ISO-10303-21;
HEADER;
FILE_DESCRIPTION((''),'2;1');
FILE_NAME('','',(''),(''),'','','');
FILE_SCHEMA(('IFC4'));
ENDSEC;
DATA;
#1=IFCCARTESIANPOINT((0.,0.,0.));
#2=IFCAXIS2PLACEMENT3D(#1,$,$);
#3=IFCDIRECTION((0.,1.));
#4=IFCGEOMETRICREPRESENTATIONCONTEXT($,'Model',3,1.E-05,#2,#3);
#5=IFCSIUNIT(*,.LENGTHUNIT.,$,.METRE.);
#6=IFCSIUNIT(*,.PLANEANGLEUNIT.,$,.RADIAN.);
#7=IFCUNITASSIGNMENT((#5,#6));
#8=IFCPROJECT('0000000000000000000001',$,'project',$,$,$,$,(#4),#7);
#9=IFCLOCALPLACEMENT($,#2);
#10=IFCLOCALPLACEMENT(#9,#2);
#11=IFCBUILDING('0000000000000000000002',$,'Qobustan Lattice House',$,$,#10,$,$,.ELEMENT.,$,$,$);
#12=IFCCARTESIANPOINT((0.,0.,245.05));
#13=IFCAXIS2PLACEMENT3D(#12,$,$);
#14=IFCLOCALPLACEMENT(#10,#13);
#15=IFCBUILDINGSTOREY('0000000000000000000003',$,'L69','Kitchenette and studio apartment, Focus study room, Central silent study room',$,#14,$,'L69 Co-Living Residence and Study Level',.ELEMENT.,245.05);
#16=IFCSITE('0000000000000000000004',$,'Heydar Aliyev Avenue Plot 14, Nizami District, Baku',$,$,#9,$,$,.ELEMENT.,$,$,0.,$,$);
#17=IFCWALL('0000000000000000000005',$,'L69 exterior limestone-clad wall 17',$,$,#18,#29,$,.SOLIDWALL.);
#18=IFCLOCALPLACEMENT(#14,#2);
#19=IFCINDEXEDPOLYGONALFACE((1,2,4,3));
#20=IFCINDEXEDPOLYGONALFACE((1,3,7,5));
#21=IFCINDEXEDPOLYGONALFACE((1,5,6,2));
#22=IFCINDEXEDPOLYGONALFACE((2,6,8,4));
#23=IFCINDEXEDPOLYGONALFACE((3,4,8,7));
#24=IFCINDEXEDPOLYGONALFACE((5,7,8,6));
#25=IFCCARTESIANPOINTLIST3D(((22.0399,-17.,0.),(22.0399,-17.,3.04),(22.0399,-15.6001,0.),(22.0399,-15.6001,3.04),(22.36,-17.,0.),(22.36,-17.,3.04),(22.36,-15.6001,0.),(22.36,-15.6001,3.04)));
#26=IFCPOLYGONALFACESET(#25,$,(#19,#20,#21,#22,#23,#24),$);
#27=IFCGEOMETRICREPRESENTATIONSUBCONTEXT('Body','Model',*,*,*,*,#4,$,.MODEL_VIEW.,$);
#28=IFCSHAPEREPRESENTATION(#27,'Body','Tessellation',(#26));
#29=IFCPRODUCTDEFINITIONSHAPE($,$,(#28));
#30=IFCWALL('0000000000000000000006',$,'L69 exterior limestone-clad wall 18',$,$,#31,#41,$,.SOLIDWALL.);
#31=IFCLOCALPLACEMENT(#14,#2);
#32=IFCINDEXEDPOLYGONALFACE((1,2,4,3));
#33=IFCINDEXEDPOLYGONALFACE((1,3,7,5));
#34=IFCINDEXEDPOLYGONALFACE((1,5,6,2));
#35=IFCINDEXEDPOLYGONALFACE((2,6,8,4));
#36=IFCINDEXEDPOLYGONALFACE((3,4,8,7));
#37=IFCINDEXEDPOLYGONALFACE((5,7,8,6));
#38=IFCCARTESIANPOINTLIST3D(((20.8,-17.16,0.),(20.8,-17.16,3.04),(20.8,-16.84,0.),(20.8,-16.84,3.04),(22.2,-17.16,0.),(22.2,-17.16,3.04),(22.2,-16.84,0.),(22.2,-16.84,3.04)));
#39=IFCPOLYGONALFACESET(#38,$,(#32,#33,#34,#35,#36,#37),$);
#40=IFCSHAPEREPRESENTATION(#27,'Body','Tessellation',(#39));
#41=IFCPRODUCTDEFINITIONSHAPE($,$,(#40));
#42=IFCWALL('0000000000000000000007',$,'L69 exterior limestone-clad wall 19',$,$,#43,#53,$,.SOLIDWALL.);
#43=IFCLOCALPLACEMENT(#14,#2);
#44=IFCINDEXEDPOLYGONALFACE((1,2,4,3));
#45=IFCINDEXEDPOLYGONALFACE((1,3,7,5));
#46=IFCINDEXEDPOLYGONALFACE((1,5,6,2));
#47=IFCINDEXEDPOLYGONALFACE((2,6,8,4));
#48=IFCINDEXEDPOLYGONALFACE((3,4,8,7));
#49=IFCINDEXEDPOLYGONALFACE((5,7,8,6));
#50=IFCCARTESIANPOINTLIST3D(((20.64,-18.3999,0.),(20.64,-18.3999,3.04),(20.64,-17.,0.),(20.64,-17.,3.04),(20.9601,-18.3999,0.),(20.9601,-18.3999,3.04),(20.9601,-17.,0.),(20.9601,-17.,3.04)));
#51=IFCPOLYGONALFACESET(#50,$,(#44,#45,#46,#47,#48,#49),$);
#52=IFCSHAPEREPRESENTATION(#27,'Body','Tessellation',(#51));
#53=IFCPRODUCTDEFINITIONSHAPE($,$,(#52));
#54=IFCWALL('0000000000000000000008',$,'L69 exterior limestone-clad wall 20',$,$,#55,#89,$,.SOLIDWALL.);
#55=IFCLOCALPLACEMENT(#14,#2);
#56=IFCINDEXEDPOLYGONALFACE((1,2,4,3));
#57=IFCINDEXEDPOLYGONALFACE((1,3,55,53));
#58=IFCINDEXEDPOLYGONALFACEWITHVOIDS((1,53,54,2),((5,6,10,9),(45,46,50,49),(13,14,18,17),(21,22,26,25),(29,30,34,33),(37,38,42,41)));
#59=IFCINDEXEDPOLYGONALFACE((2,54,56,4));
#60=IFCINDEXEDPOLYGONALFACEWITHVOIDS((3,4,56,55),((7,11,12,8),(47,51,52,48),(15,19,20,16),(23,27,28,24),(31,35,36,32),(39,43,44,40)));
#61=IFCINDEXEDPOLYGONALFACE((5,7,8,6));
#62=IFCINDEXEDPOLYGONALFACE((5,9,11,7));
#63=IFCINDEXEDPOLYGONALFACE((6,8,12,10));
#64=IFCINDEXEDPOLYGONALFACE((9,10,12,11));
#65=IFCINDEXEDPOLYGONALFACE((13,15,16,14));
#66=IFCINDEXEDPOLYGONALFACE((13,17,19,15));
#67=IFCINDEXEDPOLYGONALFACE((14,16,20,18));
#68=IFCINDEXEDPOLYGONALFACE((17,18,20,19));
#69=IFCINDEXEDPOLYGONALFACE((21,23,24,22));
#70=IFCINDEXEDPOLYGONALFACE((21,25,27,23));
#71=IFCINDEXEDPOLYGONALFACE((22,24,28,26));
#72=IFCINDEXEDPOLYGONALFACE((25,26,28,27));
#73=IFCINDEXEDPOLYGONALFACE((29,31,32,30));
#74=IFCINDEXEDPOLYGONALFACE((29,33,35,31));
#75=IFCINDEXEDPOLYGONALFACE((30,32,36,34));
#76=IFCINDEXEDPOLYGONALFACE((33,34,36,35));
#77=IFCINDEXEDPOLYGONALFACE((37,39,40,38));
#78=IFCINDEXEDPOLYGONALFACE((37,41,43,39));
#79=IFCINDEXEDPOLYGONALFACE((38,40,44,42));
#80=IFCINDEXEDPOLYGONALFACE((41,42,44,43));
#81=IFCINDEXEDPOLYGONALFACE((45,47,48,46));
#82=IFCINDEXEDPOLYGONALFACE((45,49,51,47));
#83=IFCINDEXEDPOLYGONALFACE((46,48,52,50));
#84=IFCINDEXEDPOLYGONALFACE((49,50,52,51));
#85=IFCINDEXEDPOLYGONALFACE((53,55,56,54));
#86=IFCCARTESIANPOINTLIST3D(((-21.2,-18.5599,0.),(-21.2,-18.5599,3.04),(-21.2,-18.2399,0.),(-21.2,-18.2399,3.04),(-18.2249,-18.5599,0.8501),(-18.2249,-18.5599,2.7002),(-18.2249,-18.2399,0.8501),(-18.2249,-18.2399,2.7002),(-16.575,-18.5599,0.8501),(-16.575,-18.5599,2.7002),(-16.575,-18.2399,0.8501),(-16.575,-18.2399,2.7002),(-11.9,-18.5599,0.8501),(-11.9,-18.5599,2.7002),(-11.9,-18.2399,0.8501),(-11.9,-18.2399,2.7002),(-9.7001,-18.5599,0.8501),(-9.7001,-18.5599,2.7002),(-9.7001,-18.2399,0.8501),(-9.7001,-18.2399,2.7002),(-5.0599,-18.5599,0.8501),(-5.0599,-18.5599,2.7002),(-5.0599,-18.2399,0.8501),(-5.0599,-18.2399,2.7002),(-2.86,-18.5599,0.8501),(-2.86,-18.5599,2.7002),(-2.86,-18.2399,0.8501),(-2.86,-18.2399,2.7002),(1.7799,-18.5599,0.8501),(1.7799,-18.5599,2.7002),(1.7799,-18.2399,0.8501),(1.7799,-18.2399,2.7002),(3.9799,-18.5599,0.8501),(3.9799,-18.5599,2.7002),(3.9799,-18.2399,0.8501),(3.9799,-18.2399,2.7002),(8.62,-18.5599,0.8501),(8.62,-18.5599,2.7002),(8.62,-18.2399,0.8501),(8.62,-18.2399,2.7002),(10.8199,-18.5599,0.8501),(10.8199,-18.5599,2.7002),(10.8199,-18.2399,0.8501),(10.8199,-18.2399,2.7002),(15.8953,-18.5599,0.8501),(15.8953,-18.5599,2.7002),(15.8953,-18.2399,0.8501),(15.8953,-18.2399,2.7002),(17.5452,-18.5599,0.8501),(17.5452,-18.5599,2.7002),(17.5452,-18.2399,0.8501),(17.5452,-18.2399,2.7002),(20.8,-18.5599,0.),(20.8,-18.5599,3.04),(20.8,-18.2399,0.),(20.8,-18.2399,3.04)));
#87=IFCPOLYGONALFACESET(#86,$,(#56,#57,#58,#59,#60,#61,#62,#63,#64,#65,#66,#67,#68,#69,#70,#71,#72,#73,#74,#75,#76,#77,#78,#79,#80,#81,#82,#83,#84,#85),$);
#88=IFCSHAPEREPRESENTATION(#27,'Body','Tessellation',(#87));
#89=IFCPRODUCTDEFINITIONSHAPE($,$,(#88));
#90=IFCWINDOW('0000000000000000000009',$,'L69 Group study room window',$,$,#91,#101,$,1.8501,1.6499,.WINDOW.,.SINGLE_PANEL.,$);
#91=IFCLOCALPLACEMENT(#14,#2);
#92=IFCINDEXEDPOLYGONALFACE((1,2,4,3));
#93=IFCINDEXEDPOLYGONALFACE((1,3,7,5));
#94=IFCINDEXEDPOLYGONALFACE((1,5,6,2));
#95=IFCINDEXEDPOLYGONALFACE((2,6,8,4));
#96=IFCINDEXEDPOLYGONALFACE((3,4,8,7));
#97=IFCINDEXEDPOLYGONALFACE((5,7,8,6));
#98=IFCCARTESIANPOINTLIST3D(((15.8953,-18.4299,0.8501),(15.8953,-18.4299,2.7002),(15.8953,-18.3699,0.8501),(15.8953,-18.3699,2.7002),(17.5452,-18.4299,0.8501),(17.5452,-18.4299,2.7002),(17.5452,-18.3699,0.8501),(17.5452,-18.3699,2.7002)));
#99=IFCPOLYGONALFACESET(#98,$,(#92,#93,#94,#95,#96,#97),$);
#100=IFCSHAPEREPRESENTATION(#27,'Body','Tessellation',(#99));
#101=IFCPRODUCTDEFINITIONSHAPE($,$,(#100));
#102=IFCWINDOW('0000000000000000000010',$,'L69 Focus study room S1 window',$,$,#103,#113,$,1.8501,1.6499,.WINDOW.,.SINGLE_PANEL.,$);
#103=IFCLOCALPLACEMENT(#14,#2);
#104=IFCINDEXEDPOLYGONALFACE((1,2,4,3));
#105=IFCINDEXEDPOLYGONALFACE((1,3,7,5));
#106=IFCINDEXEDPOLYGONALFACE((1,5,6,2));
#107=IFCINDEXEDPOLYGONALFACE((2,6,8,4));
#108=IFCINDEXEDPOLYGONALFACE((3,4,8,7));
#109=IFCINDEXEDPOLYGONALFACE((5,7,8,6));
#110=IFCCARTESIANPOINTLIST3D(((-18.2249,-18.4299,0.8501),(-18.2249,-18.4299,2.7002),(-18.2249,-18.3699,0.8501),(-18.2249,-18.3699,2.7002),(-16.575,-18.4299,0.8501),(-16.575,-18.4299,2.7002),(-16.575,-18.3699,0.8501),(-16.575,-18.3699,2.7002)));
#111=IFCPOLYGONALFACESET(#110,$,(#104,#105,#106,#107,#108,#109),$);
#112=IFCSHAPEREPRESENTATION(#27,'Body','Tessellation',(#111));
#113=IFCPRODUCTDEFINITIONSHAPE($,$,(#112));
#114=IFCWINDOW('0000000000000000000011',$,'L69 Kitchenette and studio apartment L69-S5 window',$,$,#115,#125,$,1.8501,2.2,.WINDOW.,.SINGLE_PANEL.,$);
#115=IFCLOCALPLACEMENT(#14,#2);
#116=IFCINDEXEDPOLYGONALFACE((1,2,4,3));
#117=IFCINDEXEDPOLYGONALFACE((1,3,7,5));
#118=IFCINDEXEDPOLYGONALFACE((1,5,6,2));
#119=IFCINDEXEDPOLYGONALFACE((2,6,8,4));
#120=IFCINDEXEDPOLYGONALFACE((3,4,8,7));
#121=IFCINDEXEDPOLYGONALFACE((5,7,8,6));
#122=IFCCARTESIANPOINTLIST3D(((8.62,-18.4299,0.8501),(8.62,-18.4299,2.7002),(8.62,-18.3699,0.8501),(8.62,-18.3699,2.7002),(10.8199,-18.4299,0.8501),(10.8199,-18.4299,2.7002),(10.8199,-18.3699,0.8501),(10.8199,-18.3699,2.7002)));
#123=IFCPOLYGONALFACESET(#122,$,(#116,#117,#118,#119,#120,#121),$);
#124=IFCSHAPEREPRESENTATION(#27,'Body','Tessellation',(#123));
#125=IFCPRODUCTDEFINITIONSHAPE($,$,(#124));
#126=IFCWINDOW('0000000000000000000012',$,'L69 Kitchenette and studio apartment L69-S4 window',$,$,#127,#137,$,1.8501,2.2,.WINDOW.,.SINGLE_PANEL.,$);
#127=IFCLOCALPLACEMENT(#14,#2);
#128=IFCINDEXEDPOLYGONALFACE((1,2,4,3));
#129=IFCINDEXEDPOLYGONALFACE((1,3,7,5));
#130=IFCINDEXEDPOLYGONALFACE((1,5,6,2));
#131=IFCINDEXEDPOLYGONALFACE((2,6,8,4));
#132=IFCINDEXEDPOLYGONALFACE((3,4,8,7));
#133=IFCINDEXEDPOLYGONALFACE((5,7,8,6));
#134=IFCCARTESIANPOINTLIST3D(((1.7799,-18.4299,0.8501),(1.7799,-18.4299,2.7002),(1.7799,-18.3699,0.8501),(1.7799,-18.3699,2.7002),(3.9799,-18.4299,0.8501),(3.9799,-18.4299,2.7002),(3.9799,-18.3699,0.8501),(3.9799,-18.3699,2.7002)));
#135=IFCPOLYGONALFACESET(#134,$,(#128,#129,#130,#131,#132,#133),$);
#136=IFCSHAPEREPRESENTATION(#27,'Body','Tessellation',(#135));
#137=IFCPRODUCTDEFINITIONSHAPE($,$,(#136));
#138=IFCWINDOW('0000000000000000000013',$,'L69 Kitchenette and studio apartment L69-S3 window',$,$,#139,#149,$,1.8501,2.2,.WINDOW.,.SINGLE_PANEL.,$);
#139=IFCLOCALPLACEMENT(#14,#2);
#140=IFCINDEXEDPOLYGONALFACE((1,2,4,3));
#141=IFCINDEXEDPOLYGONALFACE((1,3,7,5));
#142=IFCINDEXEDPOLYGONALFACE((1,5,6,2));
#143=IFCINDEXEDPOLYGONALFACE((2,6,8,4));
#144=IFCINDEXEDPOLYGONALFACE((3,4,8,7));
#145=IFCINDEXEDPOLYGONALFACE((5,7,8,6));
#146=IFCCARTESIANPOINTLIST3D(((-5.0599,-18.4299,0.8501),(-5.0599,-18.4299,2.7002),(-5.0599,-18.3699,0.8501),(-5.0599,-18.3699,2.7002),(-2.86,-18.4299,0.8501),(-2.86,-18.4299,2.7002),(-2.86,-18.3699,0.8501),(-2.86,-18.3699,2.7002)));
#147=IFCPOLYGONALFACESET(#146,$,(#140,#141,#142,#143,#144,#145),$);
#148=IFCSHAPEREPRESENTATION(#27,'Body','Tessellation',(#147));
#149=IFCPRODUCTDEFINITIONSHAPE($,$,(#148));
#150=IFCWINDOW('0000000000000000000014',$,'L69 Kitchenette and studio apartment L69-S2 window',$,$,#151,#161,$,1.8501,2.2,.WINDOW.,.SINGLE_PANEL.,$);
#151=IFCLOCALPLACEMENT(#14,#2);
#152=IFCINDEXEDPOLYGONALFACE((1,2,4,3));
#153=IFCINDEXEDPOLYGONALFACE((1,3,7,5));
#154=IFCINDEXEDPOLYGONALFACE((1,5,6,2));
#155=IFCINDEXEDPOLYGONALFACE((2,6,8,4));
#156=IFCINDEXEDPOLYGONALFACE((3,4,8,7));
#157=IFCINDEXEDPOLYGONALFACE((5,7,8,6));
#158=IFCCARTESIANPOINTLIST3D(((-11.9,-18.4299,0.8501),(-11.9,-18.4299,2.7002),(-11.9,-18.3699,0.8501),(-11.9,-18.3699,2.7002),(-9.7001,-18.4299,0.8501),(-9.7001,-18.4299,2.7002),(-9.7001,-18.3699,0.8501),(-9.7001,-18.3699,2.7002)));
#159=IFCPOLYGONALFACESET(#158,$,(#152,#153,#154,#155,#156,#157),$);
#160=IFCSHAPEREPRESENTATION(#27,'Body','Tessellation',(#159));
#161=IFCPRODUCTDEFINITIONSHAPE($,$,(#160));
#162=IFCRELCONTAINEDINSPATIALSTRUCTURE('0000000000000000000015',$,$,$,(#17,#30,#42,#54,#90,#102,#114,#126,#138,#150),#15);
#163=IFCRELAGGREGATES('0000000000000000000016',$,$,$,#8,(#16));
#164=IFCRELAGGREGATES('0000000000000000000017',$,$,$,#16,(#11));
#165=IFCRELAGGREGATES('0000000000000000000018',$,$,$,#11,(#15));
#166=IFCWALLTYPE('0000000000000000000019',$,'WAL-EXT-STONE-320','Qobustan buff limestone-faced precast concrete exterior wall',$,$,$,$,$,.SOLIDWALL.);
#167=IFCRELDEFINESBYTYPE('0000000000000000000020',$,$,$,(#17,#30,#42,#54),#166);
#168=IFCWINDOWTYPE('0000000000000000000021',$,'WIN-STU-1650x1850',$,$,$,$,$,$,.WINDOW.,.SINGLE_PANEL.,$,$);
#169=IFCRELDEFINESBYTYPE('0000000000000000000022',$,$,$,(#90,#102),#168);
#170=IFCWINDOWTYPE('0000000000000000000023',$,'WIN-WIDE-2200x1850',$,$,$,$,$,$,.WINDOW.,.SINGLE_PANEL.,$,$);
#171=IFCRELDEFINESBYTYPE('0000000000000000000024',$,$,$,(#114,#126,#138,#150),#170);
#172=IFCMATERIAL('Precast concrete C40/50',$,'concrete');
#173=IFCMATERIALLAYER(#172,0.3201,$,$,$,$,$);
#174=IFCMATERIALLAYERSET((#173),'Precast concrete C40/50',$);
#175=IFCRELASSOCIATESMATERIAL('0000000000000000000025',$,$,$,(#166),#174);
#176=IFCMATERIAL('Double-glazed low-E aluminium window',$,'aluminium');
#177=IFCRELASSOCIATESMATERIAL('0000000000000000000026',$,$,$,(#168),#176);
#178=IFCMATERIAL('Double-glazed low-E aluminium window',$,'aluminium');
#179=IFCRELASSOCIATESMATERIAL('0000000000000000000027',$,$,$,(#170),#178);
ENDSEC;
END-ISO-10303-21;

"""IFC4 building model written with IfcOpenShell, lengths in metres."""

from ifc_helpers import new_model, si_unit, direction, frame, frame_2d, origin, place, context, subcontext, project, spatial, rectangle, extrude, material, layer, layer_set, type_object, element, fill, save


model = new_model("IFC4")

# Units and contexts
model_context = context("Model", 3, precision=1e-05, world=origin(), true_north=direction((0.0, 1.0)))
body_context = subcontext(model_context, "Body", "Model", "MODEL_VIEW")
ifc_project = project(units=[si_unit("LENGTHUNIT", "METRE"), si_unit("PLANEANGLEUNIT", "RADIAN")], contexts=[model_context])

# Site, building, storey
site_placement = place(None, origin())
site = spatial("IfcSite", under=ifc_project, at=site_placement, Name="Heydar Aliyev Avenue Plot 14, Nizami District, Baku", CompositionType="ELEMENT", RefElevation=0.0)
building_placement = place(site_placement, origin())
building = spatial("IfcBuilding", under=site, at=building_placement, Name="Qobustan Lattice House", CompositionType="ELEMENT")
storey_placement = place(building_placement, frame((0.0, 0.0, 245.05)))
storey = spatial("IfcBuildingStorey", under=building, at=storey_placement, Name="L69", Description="Kitchenette and studio apartment, Focus study room, Central silent study room", LongName="L69 Co-Living Residence and Study Level", CompositionType="ELEMENT", Elevation=245.05)

# Walls
ifc_material_1 = material(Name="Precast concrete C40/50", Category="concrete")
ifc_layer_1 = layer(ifc_material_1, 0.3201)
ifc_layer_set_1 = layer_set([ifc_layer_1], Name="Precast concrete C40/50")
wall_type = type_object("IfcWallType", Name="WAL-EXT-STONE-320", Description="Qobustan buff limestone-faced precast concrete exterior wall", PredefinedType="SOLIDWALL", material=ifc_layer_set_1)
for number, where, z_axis, x_axis, name in (
    (1, (22.2, -15.6001, 0.0), (0.0, 0.0, 1.0), (0.0, -1.0, 0.0), "L69 exterior limestone-clad wall 17"),
    (2, (22.2, -17.0, 0.0), (0.0, 0.0, 1.0), (-1.0, 0.0, 0.0), "L69 exterior limestone-clad wall 18"),
    (3, (20.8, -17.0, 0.0), (0.0, 0.0, 1.0), (0.0, -1.0, 0.0), "L69 exterior limestone-clad wall 19"),
):
    element("IfcWall", number, at=place(storey_placement, frame(where, z_axis=z_axis, x_axis=x_axis)), inside=storey, type_object=wall_type, Name=name, PredefinedType="SOLIDWALL", context=body_context, shape_type="SweptSolid", body=[
        extrude(rectangle(XDim=1.3999, YDim=0.3201, at=frame_2d((0.7, 0.0))), origin(), (0.0, 0.0, 1.0), 3.04),
    ])

# Wall, openings, windows
wall_1_placement = place(storey_placement, frame((20.8, -18.3999, 0.0), z_axis=(0.0, 0.0, 1.0), x_axis=(-1.0, 0.0, 0.0)))
wall_1 = element("IfcWall", 4, at=wall_1_placement, inside=storey, type_object=wall_type, Name="L69 exterior limestone-clad wall 20", PredefinedType="SOLIDWALL", context=body_context, shape_type="SweptSolid", body=[
    extrude(rectangle(XDim=42.0, YDim=0.3201, at=frame_2d((21.0, 0.0))), origin(), (0.0, 0.0, 1.0), 3.04),
])
opening_1_placement = place(wall_1_placement, frame((3.2549, 0.0, 0.8501)))
opening_1 = element("IfcOpeningElement", 5, at=opening_1_placement, cuts=wall_1, PredefinedType="OPENING", context=body_context, shape_type="SweptSolid", body=[
    extrude(rectangle(XDim=1.6499, YDim=1.8501, at=frame_2d((0.825, 0.925))), frame((0.0, 0.1699, 0.0), z_axis=(0.0, -1.0, 0.0), x_axis=(1.0, 0.0, 0.0)), (0.0, 0.0, 1.0), 0.3401),
])
opening_2_placement = place(wall_1_placement, frame((9.98, 0.0, 0.8501)))
opening_2 = element("IfcOpeningElement", 6, at=opening_2_placement, cuts=wall_1, PredefinedType="OPENING", context=body_context, shape_type="SweptSolid", body=[
    extrude(rectangle(XDim=2.2, YDim=1.8501, at=frame_2d((1.1001, 0.925))), frame((0.0, 0.1699, 0.0), z_axis=(0.0, -1.0, 0.0), x_axis=(1.0, 0.0, 0.0)), (0.0, 0.0, 1.0), 0.3401),
])
opening_3_placement = place(wall_1_placement, frame((16.8201, 0.0, 0.8501)))
opening_3 = element("IfcOpeningElement", 7, at=opening_3_placement, cuts=wall_1, PredefinedType="OPENING", context=body_context, shape_type="SweptSolid", body=[
    extrude(rectangle(XDim=2.2, YDim=1.8501, at=frame_2d((1.1001, 0.925))), frame((0.0, 0.1699, 0.0), z_axis=(0.0, -1.0, 0.0), x_axis=(1.0, 0.0, 0.0)), (0.0, 0.0, 1.0), 0.3401),
])
opening_4_placement = place(wall_1_placement, frame((23.6599, 0.0, 0.8501)))
opening_4 = element("IfcOpeningElement", 8, at=opening_4_placement, cuts=wall_1, PredefinedType="OPENING", context=body_context, shape_type="SweptSolid", body=[
    extrude(rectangle(XDim=2.2, YDim=1.8501, at=frame_2d((1.1001, 0.925))), frame((0.0, 0.1699, 0.0), z_axis=(0.0, -1.0, 0.0), x_axis=(1.0, 0.0, 0.0)), (0.0, 0.0, 1.0), 0.3401),
])
opening_5_placement = place(wall_1_placement, frame((30.5, 0.0, 0.8501)))
opening_5 = element("IfcOpeningElement", 9, at=opening_5_placement, cuts=wall_1, PredefinedType="OPENING", context=body_context, shape_type="SweptSolid", body=[
    extrude(rectangle(XDim=2.2, YDim=1.8501, at=frame_2d((1.1001, 0.925))), frame((0.0, 0.1699, 0.0), z_axis=(0.0, -1.0, 0.0), x_axis=(1.0, 0.0, 0.0)), (0.0, 0.0, 1.0), 0.3401),
])
opening_6_placement = place(wall_1_placement, frame((37.375, 0.0, 0.8501)))
opening_6 = element("IfcOpeningElement", 10, at=opening_6_placement, cuts=wall_1, PredefinedType="OPENING", context=body_context, shape_type="SweptSolid", body=[
    extrude(rectangle(XDim=1.6499, YDim=1.8501, at=frame_2d((0.825, 0.925))), frame((0.0, 0.1699, 0.0), z_axis=(0.0, -1.0, 0.0), x_axis=(1.0, 0.0, 0.0)), (0.0, 0.0, 1.0), 0.3401),
])
ifc_material_2 = material(Name="Double-glazed low-E aluminium window", Category="aluminium")
window_type_1 = type_object("IfcWindowType", Name="WIN-STU-1650x1850", PartitioningType="SINGLE_PANEL", PredefinedType="WINDOW", material=ifc_material_2)
window_1_placement = place(opening_1_placement, origin())
window_1 = element("IfcWindow", 11, at=window_1_placement, inside=storey, type_object=window_type_1, Name="L69 Group study room window", OverallHeight=1.8501, OverallWidth=1.6499, PartitioningType="SINGLE_PANEL", PredefinedType="WINDOW", context=body_context, shape_type="SweptSolid", body=[
    extrude(rectangle(XDim=1.6499, YDim=1.8501, at=frame_2d((0.825, 0.925))), frame((0.0, 0.03, 0.0), z_axis=(0.0, -1.0, 0.0), x_axis=(1.0, 0.0, 0.0)), (0.0, 0.0, 1.0), 0.0601),
])
fill(opening_1, window_1)
window_2_placement = place(opening_6_placement, origin())
window_2 = element("IfcWindow", 12, at=window_2_placement, inside=storey, type_object=window_type_1, Name="L69 Focus study room S1 window", OverallHeight=1.8501, OverallWidth=1.6499, PartitioningType="SINGLE_PANEL", PredefinedType="WINDOW", context=body_context, shape_type="SweptSolid", body=[
    extrude(rectangle(XDim=1.6499, YDim=1.8501, at=frame_2d((0.825, 0.925))), frame((0.0, 0.03, 0.0), z_axis=(0.0, -1.0, 0.0), x_axis=(1.0, 0.0, 0.0)), (0.0, 0.0, 1.0), 0.0601),
])
fill(opening_6, window_2)
ifc_material_3 = material(Name="Double-glazed low-E aluminium window", Category="aluminium")
window_type_2 = type_object("IfcWindowType", Name="WIN-WIDE-2200x1850", PartitioningType="SINGLE_PANEL", PredefinedType="WINDOW", material=ifc_material_3)
window_3_placement = place(opening_2_placement, origin())
window_3 = element("IfcWindow", 13, at=window_3_placement, inside=storey, type_object=window_type_2, Name="L69 Kitchenette and studio apartment L69-S5 window", OverallHeight=1.8501, OverallWidth=2.2, PartitioningType="SINGLE_PANEL", PredefinedType="WINDOW", context=body_context, shape_type="SweptSolid", body=[
    extrude(rectangle(XDim=2.2, YDim=1.8501, at=frame_2d((1.1001, 0.925))), frame((0.0, 0.03, 0.0), z_axis=(0.0, -1.0, 0.0), x_axis=(1.0, 0.0, 0.0)), (0.0, 0.0, 1.0), 0.0601),
])
fill(opening_2, window_3)
window_4_placement = place(opening_3_placement, origin())
window_4 = element("IfcWindow", 14, at=window_4_placement, inside=storey, type_object=window_type_2, Name="L69 Kitchenette and studio apartment L69-S4 window", OverallHeight=1.8501, OverallWidth=2.2, PartitioningType="SINGLE_PANEL", PredefinedType="WINDOW", context=body_context, shape_type="SweptSolid", body=[
    extrude(rectangle(XDim=2.2, YDim=1.8501, at=frame_2d((1.1001, 0.925))), frame((0.0, 0.03, 0.0), z_axis=(0.0, -1.0, 0.0), x_axis=(1.0, 0.0, 0.0)), (0.0, 0.0, 1.0), 0.0601),
])
fill(opening_3, window_4)
window_5_placement = place(opening_4_placement, origin())
window_5 = element("IfcWindow", 15, at=window_5_placement, inside=storey, type_object=window_type_2, Name="L69 Kitchenette and studio apartment L69-S3 window", OverallHeight=1.8501, OverallWidth=2.2, PartitioningType="SINGLE_PANEL", PredefinedType="WINDOW", context=body_context, shape_type="SweptSolid", body=[
    extrude(rectangle(XDim=2.2, YDim=1.8501, at=frame_2d((1.1001, 0.925))), frame((0.0, 0.03, 0.0), z_axis=(0.0, -1.0, 0.0), x_axis=(1.0, 0.0, 0.0)), (0.0, 0.0, 1.0), 0.0601),
])
fill(opening_4, window_5)
window_6_placement = place(opening_5_placement, origin())
window_6 = element("IfcWindow", 16, at=window_6_placement, inside=storey, type_object=window_type_2, Name="L69 Kitchenette and studio apartment L69-S2 window", OverallHeight=1.8501, OverallWidth=2.2, PartitioningType="SINGLE_PANEL", PredefinedType="WINDOW", context=body_context, shape_type="SweptSolid", body=[
    extrude(rectangle(XDim=2.2, YDim=1.8501, at=frame_2d((1.1001, 0.925))), frame((0.0, 0.03, 0.0), z_axis=(0.0, -1.0, 0.0), x_axis=(1.0, 0.0, 0.0)), (0.0, 0.0, 1.0), 0.0601),
])
fill(opening_5, window_6)

save(model, "model.ifc")
